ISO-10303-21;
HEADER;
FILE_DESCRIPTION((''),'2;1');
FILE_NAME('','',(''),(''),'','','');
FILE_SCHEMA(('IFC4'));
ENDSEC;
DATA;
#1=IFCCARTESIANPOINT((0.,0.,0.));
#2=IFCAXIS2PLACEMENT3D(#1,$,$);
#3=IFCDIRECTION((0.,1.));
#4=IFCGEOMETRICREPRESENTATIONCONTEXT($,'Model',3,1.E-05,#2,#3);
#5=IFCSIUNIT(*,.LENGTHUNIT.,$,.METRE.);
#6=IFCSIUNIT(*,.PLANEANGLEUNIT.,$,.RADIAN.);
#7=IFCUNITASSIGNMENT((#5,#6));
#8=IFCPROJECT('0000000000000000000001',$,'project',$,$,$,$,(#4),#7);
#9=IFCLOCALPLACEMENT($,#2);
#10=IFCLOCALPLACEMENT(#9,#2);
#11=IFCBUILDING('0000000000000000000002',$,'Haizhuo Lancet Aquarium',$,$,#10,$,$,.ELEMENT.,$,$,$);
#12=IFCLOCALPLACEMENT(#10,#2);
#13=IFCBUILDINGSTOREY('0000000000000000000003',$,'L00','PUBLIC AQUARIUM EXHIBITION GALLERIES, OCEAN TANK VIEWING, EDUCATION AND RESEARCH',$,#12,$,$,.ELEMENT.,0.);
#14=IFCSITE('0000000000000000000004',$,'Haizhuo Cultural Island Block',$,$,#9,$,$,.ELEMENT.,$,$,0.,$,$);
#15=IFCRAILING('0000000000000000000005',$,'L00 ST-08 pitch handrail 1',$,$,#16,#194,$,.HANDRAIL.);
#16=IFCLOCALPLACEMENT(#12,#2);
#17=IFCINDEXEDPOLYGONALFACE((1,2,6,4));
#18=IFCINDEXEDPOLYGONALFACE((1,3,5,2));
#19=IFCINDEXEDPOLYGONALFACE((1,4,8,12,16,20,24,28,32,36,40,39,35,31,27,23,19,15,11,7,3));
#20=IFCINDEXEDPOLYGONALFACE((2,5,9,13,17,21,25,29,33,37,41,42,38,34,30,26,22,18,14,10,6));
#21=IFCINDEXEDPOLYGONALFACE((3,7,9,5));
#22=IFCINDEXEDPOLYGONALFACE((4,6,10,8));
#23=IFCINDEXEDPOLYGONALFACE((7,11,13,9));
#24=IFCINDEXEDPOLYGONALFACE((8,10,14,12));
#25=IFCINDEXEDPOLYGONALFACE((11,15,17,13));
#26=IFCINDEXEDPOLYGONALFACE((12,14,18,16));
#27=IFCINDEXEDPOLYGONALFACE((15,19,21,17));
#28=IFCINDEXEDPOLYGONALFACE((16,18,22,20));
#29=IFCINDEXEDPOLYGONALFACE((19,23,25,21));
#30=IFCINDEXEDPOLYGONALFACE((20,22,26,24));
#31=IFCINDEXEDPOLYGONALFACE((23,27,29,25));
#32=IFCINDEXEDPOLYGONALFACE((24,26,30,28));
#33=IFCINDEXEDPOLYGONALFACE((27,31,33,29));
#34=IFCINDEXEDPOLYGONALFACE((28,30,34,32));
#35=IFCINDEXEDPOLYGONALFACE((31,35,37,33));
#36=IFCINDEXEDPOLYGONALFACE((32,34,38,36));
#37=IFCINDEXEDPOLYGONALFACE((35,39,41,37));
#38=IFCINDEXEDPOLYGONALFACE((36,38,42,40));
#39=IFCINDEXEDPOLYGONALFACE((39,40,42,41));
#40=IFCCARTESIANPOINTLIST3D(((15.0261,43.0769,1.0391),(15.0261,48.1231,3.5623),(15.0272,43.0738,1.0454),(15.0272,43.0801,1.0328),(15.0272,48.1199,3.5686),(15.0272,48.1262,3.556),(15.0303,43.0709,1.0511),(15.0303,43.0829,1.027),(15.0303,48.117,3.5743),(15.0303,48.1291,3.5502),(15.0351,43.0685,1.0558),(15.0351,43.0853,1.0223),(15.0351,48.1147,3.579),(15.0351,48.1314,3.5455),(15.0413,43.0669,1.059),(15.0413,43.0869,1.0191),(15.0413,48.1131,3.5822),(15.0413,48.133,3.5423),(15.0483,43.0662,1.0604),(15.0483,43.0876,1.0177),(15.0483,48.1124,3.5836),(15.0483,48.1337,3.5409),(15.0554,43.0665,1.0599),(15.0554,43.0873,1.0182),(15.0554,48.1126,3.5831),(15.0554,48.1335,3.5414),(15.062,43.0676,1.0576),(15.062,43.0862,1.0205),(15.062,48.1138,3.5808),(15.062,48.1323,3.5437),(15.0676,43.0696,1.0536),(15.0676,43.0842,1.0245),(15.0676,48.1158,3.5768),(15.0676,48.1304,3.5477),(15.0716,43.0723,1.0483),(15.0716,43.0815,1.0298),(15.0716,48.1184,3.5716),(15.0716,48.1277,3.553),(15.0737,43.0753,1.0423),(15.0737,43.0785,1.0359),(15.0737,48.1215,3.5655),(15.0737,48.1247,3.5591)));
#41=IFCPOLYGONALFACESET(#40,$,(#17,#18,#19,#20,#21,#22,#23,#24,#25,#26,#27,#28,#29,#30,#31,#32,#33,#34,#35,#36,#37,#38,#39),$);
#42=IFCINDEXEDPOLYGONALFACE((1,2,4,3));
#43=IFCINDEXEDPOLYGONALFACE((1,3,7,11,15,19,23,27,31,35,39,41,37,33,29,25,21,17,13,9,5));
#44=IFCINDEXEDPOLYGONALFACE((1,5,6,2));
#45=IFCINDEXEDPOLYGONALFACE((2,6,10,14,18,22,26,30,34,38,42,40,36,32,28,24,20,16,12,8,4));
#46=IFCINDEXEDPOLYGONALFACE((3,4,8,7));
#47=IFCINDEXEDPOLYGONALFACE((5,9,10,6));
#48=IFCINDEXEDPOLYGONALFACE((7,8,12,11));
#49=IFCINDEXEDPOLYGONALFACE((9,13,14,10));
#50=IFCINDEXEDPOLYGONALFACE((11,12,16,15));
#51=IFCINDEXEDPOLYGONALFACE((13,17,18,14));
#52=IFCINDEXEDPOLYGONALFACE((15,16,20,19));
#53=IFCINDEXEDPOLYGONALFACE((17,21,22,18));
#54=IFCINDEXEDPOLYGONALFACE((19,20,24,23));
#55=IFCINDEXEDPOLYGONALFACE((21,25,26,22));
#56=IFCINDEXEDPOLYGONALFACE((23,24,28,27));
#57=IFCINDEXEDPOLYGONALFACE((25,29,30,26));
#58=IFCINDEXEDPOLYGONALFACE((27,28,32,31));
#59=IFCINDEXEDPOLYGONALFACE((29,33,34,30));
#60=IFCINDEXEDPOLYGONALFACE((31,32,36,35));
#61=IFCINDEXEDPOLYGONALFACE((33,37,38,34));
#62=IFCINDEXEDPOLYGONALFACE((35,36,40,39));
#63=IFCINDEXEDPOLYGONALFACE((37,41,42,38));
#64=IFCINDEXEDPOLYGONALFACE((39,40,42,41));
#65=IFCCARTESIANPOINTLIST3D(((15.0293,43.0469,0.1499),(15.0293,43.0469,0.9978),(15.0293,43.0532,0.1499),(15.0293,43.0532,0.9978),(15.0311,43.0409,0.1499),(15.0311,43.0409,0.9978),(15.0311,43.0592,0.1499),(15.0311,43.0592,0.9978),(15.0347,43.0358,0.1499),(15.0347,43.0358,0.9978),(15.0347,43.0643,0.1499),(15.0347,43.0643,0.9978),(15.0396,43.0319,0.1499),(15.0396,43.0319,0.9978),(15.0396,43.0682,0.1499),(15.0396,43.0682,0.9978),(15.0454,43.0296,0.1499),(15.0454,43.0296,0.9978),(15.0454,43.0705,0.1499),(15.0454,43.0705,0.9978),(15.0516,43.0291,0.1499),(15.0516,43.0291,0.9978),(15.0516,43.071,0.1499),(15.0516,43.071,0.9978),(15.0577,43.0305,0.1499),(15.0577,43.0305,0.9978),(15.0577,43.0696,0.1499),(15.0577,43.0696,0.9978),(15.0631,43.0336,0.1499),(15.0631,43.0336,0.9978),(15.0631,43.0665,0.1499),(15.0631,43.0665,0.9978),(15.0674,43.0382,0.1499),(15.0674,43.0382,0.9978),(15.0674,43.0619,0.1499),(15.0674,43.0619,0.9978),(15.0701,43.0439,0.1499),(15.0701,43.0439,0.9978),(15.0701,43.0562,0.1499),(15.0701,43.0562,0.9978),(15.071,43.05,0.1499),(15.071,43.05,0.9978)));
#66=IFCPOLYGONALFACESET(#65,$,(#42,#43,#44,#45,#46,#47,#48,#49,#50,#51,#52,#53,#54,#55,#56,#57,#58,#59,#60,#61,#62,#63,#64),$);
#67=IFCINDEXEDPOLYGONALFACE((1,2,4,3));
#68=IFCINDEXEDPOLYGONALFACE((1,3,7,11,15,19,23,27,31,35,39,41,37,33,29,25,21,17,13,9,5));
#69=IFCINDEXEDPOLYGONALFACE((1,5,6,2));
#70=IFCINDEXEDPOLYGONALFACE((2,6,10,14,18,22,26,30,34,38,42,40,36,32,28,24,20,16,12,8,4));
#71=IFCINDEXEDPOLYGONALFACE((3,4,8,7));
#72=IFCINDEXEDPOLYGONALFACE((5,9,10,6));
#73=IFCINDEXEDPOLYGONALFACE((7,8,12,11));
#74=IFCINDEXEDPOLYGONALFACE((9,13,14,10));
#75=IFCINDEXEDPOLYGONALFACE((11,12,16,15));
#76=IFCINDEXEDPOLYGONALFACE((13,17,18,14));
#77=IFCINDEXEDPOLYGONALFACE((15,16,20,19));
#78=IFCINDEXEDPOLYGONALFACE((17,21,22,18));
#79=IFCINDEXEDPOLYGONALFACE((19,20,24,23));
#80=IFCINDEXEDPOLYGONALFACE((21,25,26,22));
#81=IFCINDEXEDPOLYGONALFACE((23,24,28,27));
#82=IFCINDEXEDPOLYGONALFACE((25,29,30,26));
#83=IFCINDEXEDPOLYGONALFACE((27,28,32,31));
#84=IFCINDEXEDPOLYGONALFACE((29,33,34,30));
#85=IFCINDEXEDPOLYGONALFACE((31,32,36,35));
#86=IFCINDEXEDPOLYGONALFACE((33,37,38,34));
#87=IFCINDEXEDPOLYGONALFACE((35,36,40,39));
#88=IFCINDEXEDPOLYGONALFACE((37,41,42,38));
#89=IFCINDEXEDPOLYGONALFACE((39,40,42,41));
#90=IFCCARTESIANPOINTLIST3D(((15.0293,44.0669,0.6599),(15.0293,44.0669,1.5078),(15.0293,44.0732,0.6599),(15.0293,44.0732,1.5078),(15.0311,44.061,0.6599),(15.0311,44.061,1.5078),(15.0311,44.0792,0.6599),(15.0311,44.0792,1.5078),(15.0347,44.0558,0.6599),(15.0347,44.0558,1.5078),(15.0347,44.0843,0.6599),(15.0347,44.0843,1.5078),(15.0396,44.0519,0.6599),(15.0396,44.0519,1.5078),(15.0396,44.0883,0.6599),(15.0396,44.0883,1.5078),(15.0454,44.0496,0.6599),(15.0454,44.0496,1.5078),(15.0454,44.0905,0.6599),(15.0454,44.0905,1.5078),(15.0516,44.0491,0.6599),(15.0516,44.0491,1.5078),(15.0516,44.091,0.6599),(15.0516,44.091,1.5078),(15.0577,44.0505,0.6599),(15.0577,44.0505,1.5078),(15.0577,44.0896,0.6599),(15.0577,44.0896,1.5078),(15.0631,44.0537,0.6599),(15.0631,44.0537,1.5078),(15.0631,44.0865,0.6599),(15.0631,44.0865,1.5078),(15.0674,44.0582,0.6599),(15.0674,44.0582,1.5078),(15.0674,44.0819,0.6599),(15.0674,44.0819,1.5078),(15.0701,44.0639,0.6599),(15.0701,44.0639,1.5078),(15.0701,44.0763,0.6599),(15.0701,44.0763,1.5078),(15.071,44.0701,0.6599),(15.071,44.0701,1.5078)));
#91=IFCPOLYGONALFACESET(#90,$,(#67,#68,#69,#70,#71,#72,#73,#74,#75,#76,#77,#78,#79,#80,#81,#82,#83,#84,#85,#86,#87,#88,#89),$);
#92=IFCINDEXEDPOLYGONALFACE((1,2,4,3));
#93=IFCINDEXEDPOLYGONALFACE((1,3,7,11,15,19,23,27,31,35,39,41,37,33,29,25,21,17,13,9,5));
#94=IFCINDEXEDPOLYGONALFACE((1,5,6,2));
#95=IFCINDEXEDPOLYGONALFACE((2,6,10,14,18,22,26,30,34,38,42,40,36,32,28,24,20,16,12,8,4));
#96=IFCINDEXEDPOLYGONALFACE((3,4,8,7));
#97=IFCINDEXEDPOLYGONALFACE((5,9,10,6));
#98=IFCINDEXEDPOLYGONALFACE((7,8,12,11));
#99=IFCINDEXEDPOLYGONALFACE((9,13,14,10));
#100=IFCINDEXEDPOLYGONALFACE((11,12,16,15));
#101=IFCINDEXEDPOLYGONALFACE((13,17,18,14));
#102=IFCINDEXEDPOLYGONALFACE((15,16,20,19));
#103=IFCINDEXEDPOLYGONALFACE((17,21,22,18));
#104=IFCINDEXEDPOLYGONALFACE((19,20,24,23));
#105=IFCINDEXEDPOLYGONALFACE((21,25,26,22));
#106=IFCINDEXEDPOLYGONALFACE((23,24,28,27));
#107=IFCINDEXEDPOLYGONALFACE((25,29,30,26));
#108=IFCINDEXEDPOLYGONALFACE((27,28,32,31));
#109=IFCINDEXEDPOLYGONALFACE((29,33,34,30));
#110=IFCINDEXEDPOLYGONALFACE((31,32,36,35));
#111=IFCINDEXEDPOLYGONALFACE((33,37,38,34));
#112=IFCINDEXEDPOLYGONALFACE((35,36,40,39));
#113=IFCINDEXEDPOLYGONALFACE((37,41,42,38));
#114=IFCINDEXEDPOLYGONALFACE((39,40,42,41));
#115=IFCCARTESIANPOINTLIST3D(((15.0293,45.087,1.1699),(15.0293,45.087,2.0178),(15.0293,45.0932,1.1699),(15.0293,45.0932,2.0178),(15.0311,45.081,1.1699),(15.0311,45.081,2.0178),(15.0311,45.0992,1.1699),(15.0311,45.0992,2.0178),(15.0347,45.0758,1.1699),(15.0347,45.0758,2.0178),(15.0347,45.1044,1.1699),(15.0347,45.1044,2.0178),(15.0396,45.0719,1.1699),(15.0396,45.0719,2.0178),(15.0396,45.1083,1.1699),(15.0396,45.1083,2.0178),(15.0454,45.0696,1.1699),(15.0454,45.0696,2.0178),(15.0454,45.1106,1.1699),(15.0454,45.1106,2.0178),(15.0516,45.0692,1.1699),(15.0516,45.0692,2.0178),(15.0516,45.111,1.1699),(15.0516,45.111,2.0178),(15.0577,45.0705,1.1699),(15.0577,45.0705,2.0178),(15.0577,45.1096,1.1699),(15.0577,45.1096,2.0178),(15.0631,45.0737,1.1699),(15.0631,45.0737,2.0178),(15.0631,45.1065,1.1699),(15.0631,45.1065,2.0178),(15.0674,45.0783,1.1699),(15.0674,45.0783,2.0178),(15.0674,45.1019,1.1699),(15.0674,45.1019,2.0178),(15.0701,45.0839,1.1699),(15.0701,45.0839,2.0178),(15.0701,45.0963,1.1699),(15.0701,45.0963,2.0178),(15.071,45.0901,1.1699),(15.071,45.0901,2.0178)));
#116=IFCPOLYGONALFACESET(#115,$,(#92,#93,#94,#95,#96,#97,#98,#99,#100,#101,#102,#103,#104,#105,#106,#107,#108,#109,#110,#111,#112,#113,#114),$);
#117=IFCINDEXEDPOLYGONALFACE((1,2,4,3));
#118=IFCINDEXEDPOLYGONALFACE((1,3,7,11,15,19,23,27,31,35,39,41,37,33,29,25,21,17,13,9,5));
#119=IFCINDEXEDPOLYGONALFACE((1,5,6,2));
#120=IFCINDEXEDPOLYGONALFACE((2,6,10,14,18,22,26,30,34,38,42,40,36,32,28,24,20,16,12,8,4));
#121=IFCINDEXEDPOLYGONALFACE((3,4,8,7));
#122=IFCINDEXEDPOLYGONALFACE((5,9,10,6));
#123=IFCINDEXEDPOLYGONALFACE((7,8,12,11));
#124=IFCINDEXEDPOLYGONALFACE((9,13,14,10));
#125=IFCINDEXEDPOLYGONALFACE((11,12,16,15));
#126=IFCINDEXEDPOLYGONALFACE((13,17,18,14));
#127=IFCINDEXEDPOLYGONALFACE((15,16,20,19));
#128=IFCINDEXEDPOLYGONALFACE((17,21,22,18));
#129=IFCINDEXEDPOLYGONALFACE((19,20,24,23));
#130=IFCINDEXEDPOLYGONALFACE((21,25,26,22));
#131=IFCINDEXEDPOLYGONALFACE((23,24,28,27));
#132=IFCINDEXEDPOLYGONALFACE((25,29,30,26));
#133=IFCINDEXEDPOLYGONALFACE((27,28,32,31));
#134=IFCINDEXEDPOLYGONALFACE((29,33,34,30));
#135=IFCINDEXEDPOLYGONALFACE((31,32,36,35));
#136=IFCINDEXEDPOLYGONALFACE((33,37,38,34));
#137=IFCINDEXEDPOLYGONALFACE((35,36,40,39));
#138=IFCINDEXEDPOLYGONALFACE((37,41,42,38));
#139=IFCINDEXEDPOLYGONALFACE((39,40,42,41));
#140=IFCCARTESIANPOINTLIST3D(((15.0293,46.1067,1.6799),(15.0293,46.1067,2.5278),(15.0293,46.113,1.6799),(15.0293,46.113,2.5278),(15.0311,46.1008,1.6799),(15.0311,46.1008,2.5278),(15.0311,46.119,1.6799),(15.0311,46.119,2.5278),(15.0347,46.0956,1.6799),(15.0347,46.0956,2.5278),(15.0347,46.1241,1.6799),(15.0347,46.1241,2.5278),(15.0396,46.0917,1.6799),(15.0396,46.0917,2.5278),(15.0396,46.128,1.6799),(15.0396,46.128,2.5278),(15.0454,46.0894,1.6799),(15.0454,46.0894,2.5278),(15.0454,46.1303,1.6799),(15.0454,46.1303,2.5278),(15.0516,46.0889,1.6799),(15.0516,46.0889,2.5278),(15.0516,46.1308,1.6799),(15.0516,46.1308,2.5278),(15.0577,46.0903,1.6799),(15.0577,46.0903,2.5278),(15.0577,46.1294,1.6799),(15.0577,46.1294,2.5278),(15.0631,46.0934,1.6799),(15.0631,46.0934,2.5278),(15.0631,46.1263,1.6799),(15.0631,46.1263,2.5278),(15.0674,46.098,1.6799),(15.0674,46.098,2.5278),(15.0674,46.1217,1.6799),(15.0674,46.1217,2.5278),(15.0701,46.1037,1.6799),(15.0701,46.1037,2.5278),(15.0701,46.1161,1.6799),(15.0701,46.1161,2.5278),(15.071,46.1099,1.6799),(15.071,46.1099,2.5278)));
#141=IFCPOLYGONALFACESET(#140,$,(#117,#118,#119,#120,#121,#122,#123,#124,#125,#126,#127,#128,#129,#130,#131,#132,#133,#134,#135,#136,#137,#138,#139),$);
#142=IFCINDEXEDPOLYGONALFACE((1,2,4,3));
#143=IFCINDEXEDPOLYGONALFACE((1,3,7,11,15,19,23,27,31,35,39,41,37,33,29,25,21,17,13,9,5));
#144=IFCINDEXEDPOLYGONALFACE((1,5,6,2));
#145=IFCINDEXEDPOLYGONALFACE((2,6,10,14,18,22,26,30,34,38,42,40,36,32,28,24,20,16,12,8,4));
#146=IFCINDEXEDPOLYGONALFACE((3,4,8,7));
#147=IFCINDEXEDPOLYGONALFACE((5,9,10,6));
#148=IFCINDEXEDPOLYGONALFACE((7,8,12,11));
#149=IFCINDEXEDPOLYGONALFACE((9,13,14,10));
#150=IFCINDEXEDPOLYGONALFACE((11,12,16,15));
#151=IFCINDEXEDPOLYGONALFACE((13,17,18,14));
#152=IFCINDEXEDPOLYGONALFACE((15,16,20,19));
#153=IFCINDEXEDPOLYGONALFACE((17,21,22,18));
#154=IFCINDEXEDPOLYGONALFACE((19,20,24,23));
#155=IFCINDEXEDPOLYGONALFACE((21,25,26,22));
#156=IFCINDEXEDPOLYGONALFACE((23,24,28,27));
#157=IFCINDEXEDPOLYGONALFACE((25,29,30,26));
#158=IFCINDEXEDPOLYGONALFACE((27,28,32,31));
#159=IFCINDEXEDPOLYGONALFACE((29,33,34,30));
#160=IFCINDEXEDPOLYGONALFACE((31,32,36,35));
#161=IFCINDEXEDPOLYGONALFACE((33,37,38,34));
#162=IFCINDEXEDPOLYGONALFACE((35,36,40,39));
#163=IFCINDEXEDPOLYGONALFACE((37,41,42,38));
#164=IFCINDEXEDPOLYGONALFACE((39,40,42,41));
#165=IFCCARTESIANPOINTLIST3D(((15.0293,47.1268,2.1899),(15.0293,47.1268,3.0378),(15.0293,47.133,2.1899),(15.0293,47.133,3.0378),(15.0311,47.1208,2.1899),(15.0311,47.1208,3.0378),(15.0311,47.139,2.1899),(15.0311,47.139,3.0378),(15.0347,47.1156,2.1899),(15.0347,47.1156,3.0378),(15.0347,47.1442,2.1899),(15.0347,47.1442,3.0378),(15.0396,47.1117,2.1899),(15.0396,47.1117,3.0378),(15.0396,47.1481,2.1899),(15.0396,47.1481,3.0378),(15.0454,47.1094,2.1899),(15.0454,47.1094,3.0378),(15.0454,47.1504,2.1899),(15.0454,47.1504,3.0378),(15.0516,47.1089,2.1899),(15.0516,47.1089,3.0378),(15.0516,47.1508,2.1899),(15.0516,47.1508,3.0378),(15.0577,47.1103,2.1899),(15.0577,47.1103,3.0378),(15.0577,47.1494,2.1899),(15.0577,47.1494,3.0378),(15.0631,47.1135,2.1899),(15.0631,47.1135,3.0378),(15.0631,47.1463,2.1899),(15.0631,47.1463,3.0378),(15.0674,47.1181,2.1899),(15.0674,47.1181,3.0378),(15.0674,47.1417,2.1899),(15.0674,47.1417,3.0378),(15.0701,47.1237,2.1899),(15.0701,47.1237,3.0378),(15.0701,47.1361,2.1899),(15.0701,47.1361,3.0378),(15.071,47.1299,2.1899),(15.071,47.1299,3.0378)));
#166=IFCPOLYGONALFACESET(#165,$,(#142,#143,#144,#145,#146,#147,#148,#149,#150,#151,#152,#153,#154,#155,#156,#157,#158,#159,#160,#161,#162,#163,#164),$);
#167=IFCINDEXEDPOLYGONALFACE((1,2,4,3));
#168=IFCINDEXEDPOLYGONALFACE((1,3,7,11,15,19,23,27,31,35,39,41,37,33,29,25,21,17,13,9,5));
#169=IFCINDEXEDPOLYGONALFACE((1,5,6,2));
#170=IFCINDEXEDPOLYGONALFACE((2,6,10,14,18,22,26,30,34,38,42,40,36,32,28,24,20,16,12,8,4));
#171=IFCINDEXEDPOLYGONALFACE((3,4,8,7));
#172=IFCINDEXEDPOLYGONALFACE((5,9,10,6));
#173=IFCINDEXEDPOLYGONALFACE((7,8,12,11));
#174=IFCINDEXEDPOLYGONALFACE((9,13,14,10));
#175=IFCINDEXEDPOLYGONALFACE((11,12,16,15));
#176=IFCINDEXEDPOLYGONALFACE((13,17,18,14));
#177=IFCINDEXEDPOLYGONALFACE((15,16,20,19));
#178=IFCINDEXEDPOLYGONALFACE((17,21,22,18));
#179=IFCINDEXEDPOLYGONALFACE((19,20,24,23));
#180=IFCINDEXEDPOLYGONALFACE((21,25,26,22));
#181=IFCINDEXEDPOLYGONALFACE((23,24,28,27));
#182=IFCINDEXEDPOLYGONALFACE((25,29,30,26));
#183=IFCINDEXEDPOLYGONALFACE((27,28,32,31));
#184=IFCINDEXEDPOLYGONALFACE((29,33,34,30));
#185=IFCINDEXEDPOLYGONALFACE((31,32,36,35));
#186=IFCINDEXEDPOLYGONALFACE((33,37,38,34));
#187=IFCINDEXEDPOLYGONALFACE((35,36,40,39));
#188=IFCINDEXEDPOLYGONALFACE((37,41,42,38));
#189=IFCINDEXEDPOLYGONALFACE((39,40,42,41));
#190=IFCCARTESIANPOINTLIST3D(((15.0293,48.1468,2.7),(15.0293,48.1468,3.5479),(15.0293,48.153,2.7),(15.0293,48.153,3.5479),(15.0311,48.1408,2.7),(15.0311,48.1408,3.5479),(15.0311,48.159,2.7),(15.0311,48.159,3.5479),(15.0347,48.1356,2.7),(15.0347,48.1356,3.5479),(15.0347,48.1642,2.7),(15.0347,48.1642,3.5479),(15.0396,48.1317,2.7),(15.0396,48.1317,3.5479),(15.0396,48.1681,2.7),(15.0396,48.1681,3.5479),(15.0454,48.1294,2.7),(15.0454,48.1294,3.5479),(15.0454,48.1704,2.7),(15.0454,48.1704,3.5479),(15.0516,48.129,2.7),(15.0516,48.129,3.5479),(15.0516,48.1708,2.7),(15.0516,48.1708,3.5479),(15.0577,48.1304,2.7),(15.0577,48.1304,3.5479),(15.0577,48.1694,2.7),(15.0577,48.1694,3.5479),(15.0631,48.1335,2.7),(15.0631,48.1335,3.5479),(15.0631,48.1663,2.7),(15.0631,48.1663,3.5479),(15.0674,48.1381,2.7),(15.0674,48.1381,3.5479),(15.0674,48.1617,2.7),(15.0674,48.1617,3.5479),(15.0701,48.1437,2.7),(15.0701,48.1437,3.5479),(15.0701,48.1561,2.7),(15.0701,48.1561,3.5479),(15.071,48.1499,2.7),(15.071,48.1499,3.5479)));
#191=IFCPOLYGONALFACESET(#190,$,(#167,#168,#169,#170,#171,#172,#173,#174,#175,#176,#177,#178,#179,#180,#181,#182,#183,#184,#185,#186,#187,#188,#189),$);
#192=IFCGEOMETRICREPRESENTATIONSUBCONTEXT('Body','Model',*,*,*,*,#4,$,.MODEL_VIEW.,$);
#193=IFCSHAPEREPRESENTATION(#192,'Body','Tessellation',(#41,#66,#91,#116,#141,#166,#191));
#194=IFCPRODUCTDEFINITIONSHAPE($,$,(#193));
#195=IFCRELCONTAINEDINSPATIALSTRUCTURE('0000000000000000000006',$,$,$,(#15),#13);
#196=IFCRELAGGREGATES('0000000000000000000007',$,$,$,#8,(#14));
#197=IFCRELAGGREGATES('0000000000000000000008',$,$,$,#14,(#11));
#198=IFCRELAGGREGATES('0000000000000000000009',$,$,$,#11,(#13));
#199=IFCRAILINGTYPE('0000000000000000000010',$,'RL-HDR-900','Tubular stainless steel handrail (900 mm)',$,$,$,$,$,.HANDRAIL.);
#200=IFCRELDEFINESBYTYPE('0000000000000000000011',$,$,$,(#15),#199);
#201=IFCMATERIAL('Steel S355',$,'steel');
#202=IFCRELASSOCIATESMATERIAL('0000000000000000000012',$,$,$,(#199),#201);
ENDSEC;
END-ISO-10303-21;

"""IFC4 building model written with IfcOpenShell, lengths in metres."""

from ifc_helpers import new_model, si_unit, direction, frame, origin, origin_2d, place, context, subcontext, project, spatial, circle, extrude, material, type_object, element, save


model = new_model("IFC4")

# Units and contexts
model_context = context("Model", 3, precision=1e-05, world=origin(), true_north=direction((0.0, 1.0)))
body_context = subcontext(model_context, "Body", "Model", "MODEL_VIEW")
ifc_project = project(units=[si_unit("LENGTHUNIT", "METRE"), si_unit("PLANEANGLEUNIT", "RADIAN")], contexts=[model_context])

# Site, building, storey
site_placement = place(None, origin())
site = spatial("IfcSite", under=ifc_project, at=site_placement, Name="Haizhuo Cultural Island Block", CompositionType="ELEMENT", RefElevation=0.0)
building_placement = place(site_placement, origin())
building = spatial("IfcBuilding", under=site, at=building_placement, Name="Haizhuo Lancet Aquarium", CompositionType="ELEMENT")
storey_placement = place(building_placement, origin())
storey = spatial("IfcBuildingStorey", under=building, at=storey_placement, Name="L00", Description="PUBLIC AQUARIUM EXHIBITION GALLERIES, OCEAN TANK VIEWING, EDUCATION AND RESEARCH", CompositionType="ELEMENT", Elevation=0.0)

# Shared definitions
ifc_material_1 = material(Name="Steel S355", Category="steel")

# Railing
railing_type_1 = type_object("IfcRailingType", Name="RL-HDR-900", Description="Tubular stainless steel handrail (900 mm)", PredefinedType="HANDRAIL", material=ifc_material_1)
railing_1_placement = place(storey_placement, frame((15.05, 43.05, 0.1499)))
element("IfcRailing", 1, at=railing_1_placement, inside=storey, type_object=railing_type_1, Name="L00 ST-08 pitch handrail 1", PredefinedType="HANDRAIL", context=body_context, shape_type="SweptSolid", body=[
    extrude(circle(Radius=0.0239, at=origin_2d()), frame((0.0, 0.0269, 0.8892), z_axis=(0.0, 0.894419, 0.447231), x_axis=(-1.0, 0.0, 0.0)), (0.0, 0.0, 1.0), 5.6418),
    extrude(circle(Radius=0.021, at=origin_2d()), origin(), (0.0, 0.0, 1.0), 0.8479),
    extrude(circle(Radius=0.021, at=origin_2d()), frame((0.0, 1.02, 0.51)), (0.0, 0.0, 1.0), 0.8479),
    extrude(circle(Radius=0.021, at=origin_2d()), frame((0.0, 2.04, 1.02)), (0.0, 0.0, 1.0), 0.8479),
    extrude(circle(Radius=0.021, at=origin_2d()), frame((0.0, 3.0598, 1.53)), (0.0, 0.0, 1.0), 0.8479),
    extrude(circle(Radius=0.021, at=origin_2d()), frame((0.0, 4.0798, 2.04)), (0.0, 0.0, 1.0), 0.8479),
    extrude(circle(Radius=0.021, at=origin_2d()), frame((0.0, 5.0999, 2.55)), (0.0, 0.0, 1.0), 0.8479),
])

save(model, "model.ifc")
